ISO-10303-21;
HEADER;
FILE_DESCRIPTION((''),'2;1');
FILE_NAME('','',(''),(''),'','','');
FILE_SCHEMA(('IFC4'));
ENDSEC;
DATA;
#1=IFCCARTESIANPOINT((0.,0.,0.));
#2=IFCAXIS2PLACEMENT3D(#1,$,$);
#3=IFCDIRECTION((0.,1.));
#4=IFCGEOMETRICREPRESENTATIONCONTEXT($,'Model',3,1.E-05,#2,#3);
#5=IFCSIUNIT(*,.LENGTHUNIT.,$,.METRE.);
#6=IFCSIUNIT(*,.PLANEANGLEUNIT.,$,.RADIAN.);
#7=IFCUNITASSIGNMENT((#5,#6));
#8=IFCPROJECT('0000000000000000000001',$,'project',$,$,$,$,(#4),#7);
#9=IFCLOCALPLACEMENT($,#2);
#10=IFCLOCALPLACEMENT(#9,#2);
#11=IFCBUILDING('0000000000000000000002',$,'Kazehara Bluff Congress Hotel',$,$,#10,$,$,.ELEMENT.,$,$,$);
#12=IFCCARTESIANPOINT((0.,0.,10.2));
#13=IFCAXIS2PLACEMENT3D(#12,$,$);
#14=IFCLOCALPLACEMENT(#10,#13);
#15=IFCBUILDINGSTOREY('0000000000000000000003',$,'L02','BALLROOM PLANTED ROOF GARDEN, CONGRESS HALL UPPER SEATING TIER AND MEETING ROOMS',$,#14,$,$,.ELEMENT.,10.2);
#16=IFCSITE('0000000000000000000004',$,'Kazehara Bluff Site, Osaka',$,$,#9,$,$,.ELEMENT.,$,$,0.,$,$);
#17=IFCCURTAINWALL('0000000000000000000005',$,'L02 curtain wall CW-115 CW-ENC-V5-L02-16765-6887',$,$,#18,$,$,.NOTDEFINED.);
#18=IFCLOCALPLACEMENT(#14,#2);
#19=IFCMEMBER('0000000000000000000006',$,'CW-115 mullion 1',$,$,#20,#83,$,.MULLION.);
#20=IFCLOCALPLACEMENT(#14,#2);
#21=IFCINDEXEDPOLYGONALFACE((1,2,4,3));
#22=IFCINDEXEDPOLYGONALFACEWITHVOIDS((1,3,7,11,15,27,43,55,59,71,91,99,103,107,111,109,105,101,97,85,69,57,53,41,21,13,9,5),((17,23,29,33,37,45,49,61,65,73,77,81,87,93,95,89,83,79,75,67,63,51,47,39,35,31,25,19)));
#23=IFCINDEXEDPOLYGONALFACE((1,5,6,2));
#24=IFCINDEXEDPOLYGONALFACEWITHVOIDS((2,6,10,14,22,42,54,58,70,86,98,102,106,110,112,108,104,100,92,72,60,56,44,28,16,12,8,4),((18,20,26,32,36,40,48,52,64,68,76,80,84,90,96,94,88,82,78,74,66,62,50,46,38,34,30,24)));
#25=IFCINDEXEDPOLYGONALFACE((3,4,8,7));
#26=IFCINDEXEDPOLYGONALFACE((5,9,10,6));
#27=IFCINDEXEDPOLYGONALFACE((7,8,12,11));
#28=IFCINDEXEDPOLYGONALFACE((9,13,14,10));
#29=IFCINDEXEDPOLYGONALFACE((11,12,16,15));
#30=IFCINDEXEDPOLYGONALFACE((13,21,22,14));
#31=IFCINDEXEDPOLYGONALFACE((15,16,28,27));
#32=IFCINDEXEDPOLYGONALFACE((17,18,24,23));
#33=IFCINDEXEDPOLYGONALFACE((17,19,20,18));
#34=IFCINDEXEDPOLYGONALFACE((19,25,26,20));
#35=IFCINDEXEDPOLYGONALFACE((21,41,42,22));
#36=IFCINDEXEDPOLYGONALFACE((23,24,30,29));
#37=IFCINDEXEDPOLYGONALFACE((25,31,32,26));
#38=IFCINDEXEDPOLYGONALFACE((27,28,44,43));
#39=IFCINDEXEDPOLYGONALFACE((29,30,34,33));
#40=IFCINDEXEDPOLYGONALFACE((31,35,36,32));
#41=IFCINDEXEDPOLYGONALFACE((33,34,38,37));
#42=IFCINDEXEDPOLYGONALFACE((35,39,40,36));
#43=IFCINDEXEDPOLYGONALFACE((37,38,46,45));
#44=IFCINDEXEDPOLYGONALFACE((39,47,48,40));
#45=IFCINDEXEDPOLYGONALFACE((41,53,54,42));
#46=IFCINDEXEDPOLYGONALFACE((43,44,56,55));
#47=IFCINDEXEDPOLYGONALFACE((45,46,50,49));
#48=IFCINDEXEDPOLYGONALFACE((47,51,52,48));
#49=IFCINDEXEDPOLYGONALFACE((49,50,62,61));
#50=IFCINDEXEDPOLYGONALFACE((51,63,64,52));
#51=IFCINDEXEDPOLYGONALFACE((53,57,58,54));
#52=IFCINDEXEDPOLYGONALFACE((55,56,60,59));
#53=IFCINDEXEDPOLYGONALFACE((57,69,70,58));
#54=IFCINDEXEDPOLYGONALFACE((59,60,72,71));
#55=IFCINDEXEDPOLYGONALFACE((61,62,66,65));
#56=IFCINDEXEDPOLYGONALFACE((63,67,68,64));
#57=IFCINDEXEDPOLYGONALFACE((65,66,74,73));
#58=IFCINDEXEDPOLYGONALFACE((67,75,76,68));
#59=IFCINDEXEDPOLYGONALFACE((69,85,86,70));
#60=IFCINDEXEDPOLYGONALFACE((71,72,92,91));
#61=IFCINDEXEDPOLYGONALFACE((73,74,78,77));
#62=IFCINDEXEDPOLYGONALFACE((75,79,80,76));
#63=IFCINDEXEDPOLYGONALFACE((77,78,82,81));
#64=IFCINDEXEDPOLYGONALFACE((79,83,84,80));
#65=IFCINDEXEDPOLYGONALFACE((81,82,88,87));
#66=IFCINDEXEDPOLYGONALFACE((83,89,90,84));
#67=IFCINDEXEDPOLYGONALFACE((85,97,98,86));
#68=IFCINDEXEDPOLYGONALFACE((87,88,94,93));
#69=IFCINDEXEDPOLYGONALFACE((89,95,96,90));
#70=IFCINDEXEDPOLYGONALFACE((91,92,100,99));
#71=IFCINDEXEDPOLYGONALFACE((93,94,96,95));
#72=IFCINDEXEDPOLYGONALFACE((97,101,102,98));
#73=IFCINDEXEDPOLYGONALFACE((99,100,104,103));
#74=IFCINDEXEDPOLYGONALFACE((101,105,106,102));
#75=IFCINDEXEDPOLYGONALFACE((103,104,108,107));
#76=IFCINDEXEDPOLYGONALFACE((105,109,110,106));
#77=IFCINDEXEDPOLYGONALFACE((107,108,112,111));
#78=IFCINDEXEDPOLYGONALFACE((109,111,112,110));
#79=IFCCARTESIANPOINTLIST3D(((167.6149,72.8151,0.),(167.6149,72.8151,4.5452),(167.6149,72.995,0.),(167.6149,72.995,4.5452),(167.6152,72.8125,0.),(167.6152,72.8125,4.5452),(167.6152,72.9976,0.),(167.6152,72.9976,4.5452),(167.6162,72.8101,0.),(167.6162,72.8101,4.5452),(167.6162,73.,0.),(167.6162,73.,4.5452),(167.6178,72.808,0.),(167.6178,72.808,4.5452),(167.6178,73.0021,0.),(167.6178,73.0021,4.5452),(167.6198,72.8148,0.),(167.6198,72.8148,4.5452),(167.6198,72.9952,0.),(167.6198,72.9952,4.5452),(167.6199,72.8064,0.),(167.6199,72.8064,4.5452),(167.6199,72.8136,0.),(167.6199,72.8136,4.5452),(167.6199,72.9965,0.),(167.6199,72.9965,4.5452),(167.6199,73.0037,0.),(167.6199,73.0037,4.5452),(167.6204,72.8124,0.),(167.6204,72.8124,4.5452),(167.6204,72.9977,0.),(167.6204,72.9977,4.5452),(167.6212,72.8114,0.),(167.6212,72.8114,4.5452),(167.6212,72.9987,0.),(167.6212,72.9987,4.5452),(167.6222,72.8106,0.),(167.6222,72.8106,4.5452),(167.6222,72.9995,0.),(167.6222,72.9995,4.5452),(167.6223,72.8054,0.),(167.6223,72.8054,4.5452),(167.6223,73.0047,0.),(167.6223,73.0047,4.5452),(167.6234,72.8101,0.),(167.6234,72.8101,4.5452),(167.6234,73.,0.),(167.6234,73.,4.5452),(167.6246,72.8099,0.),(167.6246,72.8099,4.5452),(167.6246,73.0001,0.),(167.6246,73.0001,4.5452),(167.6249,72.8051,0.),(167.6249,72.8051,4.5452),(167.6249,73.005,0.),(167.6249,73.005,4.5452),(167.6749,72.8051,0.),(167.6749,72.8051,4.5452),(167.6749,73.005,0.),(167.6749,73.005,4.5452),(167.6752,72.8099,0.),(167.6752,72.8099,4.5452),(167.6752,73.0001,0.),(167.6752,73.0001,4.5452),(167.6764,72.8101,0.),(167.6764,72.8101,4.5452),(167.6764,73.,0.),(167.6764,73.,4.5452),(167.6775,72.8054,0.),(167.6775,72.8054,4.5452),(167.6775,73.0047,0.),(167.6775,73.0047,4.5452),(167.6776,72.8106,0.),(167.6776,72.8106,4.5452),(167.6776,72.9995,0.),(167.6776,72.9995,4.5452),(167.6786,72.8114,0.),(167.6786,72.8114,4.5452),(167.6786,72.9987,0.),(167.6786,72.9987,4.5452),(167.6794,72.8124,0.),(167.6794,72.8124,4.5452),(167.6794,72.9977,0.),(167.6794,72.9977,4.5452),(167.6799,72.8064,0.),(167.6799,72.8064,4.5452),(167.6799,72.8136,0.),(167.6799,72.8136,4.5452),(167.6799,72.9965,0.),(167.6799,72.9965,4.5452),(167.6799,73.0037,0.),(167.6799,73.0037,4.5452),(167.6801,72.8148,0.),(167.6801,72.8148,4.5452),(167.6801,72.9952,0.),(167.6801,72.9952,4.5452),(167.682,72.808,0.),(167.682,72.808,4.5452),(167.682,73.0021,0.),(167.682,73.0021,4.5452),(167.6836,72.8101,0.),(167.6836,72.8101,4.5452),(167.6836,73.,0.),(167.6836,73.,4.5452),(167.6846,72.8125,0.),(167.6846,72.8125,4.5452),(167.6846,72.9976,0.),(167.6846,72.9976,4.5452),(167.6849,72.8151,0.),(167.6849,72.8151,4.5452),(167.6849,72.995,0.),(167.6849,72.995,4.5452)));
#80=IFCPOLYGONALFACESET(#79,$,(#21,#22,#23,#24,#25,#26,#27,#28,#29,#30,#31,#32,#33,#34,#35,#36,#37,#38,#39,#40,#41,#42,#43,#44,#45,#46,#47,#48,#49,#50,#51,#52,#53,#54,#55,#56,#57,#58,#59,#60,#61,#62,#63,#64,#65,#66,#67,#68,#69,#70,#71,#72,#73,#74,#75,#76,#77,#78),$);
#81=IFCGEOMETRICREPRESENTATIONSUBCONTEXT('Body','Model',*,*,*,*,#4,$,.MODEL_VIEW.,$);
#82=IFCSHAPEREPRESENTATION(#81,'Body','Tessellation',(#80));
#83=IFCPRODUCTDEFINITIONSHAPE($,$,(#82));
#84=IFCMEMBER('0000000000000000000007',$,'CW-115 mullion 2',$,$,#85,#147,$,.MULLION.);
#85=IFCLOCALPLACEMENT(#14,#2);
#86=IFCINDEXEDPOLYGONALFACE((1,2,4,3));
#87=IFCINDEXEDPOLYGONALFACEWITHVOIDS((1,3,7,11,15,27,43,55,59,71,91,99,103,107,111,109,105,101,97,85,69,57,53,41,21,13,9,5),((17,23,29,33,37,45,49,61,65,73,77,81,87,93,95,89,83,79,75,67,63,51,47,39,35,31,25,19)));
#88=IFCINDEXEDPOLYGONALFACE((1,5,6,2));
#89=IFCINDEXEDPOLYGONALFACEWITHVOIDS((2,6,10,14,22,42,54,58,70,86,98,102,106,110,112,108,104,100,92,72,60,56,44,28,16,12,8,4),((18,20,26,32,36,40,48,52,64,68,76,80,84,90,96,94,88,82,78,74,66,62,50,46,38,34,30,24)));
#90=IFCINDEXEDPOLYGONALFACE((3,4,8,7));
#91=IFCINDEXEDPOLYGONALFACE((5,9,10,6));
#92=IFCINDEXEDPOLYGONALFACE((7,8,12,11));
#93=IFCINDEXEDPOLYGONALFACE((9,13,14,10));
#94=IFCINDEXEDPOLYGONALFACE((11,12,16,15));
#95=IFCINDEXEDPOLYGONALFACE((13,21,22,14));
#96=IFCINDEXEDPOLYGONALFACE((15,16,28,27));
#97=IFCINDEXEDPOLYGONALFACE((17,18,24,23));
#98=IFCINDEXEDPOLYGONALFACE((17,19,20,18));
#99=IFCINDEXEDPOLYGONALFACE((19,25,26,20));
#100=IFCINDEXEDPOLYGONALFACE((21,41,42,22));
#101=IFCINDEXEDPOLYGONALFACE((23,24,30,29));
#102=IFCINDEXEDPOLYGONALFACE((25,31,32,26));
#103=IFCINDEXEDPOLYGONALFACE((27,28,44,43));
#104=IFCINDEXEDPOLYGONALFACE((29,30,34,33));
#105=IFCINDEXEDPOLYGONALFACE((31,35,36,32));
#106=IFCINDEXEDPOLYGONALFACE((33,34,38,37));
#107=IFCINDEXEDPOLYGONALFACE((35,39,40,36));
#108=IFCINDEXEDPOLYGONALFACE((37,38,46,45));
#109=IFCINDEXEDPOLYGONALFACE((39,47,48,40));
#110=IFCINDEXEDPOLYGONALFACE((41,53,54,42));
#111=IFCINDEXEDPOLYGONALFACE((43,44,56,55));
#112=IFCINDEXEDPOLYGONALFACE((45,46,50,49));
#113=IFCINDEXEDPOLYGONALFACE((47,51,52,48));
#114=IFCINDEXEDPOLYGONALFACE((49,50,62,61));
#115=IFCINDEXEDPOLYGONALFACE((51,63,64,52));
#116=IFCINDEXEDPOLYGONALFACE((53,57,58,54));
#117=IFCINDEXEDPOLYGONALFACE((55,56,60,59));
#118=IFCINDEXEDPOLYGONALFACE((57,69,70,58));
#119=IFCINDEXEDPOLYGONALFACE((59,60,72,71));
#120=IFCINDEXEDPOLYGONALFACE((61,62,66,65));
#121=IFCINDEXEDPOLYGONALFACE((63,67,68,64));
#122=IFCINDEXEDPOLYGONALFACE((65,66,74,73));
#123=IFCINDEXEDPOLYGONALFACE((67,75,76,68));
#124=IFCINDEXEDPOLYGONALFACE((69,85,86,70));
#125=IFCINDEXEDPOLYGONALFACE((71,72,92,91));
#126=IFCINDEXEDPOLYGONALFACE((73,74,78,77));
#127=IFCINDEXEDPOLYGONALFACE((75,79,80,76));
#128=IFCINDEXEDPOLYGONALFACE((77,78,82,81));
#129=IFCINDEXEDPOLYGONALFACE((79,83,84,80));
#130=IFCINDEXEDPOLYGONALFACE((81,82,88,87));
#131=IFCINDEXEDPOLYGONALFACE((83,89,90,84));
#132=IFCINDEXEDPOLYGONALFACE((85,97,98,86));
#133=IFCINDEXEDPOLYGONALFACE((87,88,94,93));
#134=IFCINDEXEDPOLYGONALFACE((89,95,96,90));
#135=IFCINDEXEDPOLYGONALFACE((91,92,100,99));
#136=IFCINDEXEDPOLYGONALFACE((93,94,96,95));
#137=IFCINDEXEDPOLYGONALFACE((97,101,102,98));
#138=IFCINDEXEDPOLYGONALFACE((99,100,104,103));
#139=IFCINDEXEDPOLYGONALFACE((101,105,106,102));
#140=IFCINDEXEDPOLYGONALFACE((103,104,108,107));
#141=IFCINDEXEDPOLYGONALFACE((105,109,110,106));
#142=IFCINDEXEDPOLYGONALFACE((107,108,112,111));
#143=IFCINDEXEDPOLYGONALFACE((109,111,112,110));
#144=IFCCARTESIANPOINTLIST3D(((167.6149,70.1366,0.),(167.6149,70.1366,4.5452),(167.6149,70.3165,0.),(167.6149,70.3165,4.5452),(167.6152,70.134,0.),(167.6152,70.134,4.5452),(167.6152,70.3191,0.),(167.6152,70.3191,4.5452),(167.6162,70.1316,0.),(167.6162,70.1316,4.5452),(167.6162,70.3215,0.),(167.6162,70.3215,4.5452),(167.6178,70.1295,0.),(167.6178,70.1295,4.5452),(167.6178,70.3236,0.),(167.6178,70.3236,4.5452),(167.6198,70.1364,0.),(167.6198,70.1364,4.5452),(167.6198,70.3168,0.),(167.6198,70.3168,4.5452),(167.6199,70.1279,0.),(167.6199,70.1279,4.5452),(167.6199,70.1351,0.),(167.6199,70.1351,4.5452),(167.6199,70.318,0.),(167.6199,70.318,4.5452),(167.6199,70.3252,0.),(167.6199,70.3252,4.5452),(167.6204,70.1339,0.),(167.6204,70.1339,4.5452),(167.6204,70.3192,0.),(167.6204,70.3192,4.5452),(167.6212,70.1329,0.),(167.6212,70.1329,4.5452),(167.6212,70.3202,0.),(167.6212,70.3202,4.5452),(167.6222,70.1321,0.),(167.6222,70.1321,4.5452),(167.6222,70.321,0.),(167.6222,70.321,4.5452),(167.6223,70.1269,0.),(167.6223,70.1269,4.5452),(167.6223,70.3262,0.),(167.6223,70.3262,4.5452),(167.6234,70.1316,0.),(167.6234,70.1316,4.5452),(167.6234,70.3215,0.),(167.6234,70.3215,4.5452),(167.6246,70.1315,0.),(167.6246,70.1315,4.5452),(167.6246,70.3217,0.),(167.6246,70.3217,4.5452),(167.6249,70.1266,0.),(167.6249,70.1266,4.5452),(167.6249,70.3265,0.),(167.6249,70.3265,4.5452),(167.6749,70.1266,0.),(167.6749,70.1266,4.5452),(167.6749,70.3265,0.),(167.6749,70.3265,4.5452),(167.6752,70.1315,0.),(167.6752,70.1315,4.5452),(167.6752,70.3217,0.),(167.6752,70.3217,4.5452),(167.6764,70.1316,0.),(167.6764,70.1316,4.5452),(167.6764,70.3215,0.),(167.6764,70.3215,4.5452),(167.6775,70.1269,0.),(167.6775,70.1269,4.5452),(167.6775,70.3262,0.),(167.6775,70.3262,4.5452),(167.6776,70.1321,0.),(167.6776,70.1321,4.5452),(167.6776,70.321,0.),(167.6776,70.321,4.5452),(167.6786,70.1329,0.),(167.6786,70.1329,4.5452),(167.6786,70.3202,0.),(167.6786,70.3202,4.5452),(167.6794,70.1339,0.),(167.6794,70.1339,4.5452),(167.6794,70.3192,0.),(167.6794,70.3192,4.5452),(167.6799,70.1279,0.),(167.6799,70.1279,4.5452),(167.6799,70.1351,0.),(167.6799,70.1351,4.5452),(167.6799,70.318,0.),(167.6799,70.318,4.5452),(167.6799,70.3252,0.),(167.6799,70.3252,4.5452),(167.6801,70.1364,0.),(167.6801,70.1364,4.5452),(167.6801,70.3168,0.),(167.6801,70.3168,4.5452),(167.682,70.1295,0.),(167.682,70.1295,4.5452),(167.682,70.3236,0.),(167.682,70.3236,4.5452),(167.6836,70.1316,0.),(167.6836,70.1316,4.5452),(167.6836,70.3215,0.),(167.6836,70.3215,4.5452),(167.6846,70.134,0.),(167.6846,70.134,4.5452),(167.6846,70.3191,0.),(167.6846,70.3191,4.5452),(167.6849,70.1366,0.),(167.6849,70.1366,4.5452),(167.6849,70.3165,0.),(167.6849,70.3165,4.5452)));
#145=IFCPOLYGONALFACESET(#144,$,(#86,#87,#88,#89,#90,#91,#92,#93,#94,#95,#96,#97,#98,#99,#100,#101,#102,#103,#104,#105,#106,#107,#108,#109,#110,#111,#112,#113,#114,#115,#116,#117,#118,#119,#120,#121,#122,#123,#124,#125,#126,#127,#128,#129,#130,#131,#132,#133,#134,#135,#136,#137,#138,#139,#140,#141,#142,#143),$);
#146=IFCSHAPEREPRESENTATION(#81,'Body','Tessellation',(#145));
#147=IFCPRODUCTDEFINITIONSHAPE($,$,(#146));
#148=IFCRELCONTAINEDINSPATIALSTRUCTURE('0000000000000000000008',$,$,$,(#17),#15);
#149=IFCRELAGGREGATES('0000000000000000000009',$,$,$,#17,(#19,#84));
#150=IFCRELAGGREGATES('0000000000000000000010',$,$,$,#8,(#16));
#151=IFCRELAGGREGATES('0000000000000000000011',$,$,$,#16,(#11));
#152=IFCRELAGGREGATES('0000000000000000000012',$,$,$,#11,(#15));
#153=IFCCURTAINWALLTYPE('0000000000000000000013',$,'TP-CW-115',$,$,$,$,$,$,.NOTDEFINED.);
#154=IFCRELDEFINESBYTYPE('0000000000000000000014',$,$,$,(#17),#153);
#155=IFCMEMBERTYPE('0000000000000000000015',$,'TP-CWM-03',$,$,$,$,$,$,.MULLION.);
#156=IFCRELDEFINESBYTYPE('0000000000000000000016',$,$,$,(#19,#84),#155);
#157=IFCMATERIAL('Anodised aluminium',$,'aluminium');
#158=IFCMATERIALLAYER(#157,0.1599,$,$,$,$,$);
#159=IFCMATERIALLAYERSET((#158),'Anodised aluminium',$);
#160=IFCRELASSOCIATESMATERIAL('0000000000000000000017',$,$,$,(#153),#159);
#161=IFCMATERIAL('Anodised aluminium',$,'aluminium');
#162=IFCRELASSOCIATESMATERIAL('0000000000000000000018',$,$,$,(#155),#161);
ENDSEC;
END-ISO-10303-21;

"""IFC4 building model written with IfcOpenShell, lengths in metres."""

from ifc_helpers import new_model, si_unit, direction, frame, origin, origin_2d, place, context, subcontext, project, spatial, hollow_rectangle, extrude, material, layer, layer_set, material_profile, profile_set, type_object, element, aggregate, save


model = new_model("IFC4")

# Units and contexts
model_context = context("Model", 3, precision=1e-05, world=origin(), true_north=direction((0.0, 1.0)))
body_context = subcontext(model_context, "Body", "Model", "MODEL_VIEW")
ifc_project = project(units=[si_unit("LENGTHUNIT", "METRE"), si_unit("PLANEANGLEUNIT", "RADIAN")], contexts=[model_context])

# Site, building, storey
site_placement = place(None, origin())
site = spatial("IfcSite", under=ifc_project, at=site_placement, Name="Kazehara Bluff Site, Osaka", CompositionType="ELEMENT", RefElevation=0.0)
building_placement = place(site_placement, origin())
building = spatial("IfcBuilding", under=site, at=building_placement, Name="Kazehara Bluff Congress Hotel", CompositionType="ELEMENT")
storey_placement = place(building_placement, frame((0.0, 0.0, 10.2)))
storey = spatial("IfcBuildingStorey", under=building, at=storey_placement, Name="L02", Description="BALLROOM PLANTED ROOF GARDEN, CONGRESS HALL UPPER SEATING TIER AND MEETING ROOMS", CompositionType="ELEMENT", Elevation=10.2)

# Curtain wall, members
ifc_material_1 = material(Name="Anodised aluminium", Category="aluminium")
ifc_layer_1 = layer(ifc_material_1, 0.1599)
ifc_layer_set_1 = layer_set([ifc_layer_1], Name="Anodised aluminium")
curtain_wall_type_1 = type_object("IfcCurtainWallType", Name="TP-CW-115", PredefinedType="NOTDEFINED", material=ifc_layer_set_1)
curtain_wall_1_placement = place(storey_placement, origin())
curtain_wall_1 = element("IfcCurtainWall", 1, at=curtain_wall_1_placement, inside=storey, type_object=curtain_wall_type_1, Name="L02 curtain wall CW-115 CW-ENC-V5-L02-16765-6887", PredefinedType="NOTDEFINED")
ifc_material_2 = material(Name="Anodised aluminium", Category="aluminium")
ifc_material_profile_1 = material_profile(ifc_material_2, hollow_rectangle(XDim=0.0701, YDim=0.2, WallThickness=0.0049, InnerFilletRadius=0.0049, OuterFilletRadius=0.01, at=origin_2d()))
ifc_profile_set_1 = profile_set([ifc_material_profile_1], Name="Anodised aluminium")
member_type_1 = type_object("IfcMemberType", Name="TP-CWM-03", PredefinedType="MULLION", material=ifc_profile_set_1)
member_1_placement = place(storey_placement, frame((167.6499, 72.905, 0.0), z_axis=(0.0, 0.0, 1.0), x_axis=(1.0, 0.0, 0.0)))
member_1 = element("IfcMember", 2, at=member_1_placement, type_object=member_type_1, Name="CW-115 mullion 1", PredefinedType="MULLION", context=body_context, shape_type="SweptSolid", body=[
    extrude(hollow_rectangle(XDim=0.0701, YDim=0.2, WallThickness=0.0049, InnerFilletRadius=0.0049, OuterFilletRadius=0.01, at=origin_2d()), origin(), (0.0, 0.0, 1.0), 4.5452),
])
member_2_placement = place(storey_placement, frame((167.6499, 70.2266, 0.0), z_axis=(0.0, 0.0, 1.0), x_axis=(1.0, 0.0, 0.0)))
member_2 = element("IfcMember", 3, at=member_2_placement, type_object=member_type_1, Name="CW-115 mullion 2", PredefinedType="MULLION", context=body_context, shape_type="SweptSolid", body=[
    extrude(hollow_rectangle(XDim=0.0701, YDim=0.2, WallThickness=0.0049, InnerFilletRadius=0.0049, OuterFilletRadius=0.01, at=origin_2d()), origin(), (0.0, 0.0, 1.0), 4.5452),
])

aggregate(curtain_wall_1, [member_1, member_2])

save(model, "model.ifc")
